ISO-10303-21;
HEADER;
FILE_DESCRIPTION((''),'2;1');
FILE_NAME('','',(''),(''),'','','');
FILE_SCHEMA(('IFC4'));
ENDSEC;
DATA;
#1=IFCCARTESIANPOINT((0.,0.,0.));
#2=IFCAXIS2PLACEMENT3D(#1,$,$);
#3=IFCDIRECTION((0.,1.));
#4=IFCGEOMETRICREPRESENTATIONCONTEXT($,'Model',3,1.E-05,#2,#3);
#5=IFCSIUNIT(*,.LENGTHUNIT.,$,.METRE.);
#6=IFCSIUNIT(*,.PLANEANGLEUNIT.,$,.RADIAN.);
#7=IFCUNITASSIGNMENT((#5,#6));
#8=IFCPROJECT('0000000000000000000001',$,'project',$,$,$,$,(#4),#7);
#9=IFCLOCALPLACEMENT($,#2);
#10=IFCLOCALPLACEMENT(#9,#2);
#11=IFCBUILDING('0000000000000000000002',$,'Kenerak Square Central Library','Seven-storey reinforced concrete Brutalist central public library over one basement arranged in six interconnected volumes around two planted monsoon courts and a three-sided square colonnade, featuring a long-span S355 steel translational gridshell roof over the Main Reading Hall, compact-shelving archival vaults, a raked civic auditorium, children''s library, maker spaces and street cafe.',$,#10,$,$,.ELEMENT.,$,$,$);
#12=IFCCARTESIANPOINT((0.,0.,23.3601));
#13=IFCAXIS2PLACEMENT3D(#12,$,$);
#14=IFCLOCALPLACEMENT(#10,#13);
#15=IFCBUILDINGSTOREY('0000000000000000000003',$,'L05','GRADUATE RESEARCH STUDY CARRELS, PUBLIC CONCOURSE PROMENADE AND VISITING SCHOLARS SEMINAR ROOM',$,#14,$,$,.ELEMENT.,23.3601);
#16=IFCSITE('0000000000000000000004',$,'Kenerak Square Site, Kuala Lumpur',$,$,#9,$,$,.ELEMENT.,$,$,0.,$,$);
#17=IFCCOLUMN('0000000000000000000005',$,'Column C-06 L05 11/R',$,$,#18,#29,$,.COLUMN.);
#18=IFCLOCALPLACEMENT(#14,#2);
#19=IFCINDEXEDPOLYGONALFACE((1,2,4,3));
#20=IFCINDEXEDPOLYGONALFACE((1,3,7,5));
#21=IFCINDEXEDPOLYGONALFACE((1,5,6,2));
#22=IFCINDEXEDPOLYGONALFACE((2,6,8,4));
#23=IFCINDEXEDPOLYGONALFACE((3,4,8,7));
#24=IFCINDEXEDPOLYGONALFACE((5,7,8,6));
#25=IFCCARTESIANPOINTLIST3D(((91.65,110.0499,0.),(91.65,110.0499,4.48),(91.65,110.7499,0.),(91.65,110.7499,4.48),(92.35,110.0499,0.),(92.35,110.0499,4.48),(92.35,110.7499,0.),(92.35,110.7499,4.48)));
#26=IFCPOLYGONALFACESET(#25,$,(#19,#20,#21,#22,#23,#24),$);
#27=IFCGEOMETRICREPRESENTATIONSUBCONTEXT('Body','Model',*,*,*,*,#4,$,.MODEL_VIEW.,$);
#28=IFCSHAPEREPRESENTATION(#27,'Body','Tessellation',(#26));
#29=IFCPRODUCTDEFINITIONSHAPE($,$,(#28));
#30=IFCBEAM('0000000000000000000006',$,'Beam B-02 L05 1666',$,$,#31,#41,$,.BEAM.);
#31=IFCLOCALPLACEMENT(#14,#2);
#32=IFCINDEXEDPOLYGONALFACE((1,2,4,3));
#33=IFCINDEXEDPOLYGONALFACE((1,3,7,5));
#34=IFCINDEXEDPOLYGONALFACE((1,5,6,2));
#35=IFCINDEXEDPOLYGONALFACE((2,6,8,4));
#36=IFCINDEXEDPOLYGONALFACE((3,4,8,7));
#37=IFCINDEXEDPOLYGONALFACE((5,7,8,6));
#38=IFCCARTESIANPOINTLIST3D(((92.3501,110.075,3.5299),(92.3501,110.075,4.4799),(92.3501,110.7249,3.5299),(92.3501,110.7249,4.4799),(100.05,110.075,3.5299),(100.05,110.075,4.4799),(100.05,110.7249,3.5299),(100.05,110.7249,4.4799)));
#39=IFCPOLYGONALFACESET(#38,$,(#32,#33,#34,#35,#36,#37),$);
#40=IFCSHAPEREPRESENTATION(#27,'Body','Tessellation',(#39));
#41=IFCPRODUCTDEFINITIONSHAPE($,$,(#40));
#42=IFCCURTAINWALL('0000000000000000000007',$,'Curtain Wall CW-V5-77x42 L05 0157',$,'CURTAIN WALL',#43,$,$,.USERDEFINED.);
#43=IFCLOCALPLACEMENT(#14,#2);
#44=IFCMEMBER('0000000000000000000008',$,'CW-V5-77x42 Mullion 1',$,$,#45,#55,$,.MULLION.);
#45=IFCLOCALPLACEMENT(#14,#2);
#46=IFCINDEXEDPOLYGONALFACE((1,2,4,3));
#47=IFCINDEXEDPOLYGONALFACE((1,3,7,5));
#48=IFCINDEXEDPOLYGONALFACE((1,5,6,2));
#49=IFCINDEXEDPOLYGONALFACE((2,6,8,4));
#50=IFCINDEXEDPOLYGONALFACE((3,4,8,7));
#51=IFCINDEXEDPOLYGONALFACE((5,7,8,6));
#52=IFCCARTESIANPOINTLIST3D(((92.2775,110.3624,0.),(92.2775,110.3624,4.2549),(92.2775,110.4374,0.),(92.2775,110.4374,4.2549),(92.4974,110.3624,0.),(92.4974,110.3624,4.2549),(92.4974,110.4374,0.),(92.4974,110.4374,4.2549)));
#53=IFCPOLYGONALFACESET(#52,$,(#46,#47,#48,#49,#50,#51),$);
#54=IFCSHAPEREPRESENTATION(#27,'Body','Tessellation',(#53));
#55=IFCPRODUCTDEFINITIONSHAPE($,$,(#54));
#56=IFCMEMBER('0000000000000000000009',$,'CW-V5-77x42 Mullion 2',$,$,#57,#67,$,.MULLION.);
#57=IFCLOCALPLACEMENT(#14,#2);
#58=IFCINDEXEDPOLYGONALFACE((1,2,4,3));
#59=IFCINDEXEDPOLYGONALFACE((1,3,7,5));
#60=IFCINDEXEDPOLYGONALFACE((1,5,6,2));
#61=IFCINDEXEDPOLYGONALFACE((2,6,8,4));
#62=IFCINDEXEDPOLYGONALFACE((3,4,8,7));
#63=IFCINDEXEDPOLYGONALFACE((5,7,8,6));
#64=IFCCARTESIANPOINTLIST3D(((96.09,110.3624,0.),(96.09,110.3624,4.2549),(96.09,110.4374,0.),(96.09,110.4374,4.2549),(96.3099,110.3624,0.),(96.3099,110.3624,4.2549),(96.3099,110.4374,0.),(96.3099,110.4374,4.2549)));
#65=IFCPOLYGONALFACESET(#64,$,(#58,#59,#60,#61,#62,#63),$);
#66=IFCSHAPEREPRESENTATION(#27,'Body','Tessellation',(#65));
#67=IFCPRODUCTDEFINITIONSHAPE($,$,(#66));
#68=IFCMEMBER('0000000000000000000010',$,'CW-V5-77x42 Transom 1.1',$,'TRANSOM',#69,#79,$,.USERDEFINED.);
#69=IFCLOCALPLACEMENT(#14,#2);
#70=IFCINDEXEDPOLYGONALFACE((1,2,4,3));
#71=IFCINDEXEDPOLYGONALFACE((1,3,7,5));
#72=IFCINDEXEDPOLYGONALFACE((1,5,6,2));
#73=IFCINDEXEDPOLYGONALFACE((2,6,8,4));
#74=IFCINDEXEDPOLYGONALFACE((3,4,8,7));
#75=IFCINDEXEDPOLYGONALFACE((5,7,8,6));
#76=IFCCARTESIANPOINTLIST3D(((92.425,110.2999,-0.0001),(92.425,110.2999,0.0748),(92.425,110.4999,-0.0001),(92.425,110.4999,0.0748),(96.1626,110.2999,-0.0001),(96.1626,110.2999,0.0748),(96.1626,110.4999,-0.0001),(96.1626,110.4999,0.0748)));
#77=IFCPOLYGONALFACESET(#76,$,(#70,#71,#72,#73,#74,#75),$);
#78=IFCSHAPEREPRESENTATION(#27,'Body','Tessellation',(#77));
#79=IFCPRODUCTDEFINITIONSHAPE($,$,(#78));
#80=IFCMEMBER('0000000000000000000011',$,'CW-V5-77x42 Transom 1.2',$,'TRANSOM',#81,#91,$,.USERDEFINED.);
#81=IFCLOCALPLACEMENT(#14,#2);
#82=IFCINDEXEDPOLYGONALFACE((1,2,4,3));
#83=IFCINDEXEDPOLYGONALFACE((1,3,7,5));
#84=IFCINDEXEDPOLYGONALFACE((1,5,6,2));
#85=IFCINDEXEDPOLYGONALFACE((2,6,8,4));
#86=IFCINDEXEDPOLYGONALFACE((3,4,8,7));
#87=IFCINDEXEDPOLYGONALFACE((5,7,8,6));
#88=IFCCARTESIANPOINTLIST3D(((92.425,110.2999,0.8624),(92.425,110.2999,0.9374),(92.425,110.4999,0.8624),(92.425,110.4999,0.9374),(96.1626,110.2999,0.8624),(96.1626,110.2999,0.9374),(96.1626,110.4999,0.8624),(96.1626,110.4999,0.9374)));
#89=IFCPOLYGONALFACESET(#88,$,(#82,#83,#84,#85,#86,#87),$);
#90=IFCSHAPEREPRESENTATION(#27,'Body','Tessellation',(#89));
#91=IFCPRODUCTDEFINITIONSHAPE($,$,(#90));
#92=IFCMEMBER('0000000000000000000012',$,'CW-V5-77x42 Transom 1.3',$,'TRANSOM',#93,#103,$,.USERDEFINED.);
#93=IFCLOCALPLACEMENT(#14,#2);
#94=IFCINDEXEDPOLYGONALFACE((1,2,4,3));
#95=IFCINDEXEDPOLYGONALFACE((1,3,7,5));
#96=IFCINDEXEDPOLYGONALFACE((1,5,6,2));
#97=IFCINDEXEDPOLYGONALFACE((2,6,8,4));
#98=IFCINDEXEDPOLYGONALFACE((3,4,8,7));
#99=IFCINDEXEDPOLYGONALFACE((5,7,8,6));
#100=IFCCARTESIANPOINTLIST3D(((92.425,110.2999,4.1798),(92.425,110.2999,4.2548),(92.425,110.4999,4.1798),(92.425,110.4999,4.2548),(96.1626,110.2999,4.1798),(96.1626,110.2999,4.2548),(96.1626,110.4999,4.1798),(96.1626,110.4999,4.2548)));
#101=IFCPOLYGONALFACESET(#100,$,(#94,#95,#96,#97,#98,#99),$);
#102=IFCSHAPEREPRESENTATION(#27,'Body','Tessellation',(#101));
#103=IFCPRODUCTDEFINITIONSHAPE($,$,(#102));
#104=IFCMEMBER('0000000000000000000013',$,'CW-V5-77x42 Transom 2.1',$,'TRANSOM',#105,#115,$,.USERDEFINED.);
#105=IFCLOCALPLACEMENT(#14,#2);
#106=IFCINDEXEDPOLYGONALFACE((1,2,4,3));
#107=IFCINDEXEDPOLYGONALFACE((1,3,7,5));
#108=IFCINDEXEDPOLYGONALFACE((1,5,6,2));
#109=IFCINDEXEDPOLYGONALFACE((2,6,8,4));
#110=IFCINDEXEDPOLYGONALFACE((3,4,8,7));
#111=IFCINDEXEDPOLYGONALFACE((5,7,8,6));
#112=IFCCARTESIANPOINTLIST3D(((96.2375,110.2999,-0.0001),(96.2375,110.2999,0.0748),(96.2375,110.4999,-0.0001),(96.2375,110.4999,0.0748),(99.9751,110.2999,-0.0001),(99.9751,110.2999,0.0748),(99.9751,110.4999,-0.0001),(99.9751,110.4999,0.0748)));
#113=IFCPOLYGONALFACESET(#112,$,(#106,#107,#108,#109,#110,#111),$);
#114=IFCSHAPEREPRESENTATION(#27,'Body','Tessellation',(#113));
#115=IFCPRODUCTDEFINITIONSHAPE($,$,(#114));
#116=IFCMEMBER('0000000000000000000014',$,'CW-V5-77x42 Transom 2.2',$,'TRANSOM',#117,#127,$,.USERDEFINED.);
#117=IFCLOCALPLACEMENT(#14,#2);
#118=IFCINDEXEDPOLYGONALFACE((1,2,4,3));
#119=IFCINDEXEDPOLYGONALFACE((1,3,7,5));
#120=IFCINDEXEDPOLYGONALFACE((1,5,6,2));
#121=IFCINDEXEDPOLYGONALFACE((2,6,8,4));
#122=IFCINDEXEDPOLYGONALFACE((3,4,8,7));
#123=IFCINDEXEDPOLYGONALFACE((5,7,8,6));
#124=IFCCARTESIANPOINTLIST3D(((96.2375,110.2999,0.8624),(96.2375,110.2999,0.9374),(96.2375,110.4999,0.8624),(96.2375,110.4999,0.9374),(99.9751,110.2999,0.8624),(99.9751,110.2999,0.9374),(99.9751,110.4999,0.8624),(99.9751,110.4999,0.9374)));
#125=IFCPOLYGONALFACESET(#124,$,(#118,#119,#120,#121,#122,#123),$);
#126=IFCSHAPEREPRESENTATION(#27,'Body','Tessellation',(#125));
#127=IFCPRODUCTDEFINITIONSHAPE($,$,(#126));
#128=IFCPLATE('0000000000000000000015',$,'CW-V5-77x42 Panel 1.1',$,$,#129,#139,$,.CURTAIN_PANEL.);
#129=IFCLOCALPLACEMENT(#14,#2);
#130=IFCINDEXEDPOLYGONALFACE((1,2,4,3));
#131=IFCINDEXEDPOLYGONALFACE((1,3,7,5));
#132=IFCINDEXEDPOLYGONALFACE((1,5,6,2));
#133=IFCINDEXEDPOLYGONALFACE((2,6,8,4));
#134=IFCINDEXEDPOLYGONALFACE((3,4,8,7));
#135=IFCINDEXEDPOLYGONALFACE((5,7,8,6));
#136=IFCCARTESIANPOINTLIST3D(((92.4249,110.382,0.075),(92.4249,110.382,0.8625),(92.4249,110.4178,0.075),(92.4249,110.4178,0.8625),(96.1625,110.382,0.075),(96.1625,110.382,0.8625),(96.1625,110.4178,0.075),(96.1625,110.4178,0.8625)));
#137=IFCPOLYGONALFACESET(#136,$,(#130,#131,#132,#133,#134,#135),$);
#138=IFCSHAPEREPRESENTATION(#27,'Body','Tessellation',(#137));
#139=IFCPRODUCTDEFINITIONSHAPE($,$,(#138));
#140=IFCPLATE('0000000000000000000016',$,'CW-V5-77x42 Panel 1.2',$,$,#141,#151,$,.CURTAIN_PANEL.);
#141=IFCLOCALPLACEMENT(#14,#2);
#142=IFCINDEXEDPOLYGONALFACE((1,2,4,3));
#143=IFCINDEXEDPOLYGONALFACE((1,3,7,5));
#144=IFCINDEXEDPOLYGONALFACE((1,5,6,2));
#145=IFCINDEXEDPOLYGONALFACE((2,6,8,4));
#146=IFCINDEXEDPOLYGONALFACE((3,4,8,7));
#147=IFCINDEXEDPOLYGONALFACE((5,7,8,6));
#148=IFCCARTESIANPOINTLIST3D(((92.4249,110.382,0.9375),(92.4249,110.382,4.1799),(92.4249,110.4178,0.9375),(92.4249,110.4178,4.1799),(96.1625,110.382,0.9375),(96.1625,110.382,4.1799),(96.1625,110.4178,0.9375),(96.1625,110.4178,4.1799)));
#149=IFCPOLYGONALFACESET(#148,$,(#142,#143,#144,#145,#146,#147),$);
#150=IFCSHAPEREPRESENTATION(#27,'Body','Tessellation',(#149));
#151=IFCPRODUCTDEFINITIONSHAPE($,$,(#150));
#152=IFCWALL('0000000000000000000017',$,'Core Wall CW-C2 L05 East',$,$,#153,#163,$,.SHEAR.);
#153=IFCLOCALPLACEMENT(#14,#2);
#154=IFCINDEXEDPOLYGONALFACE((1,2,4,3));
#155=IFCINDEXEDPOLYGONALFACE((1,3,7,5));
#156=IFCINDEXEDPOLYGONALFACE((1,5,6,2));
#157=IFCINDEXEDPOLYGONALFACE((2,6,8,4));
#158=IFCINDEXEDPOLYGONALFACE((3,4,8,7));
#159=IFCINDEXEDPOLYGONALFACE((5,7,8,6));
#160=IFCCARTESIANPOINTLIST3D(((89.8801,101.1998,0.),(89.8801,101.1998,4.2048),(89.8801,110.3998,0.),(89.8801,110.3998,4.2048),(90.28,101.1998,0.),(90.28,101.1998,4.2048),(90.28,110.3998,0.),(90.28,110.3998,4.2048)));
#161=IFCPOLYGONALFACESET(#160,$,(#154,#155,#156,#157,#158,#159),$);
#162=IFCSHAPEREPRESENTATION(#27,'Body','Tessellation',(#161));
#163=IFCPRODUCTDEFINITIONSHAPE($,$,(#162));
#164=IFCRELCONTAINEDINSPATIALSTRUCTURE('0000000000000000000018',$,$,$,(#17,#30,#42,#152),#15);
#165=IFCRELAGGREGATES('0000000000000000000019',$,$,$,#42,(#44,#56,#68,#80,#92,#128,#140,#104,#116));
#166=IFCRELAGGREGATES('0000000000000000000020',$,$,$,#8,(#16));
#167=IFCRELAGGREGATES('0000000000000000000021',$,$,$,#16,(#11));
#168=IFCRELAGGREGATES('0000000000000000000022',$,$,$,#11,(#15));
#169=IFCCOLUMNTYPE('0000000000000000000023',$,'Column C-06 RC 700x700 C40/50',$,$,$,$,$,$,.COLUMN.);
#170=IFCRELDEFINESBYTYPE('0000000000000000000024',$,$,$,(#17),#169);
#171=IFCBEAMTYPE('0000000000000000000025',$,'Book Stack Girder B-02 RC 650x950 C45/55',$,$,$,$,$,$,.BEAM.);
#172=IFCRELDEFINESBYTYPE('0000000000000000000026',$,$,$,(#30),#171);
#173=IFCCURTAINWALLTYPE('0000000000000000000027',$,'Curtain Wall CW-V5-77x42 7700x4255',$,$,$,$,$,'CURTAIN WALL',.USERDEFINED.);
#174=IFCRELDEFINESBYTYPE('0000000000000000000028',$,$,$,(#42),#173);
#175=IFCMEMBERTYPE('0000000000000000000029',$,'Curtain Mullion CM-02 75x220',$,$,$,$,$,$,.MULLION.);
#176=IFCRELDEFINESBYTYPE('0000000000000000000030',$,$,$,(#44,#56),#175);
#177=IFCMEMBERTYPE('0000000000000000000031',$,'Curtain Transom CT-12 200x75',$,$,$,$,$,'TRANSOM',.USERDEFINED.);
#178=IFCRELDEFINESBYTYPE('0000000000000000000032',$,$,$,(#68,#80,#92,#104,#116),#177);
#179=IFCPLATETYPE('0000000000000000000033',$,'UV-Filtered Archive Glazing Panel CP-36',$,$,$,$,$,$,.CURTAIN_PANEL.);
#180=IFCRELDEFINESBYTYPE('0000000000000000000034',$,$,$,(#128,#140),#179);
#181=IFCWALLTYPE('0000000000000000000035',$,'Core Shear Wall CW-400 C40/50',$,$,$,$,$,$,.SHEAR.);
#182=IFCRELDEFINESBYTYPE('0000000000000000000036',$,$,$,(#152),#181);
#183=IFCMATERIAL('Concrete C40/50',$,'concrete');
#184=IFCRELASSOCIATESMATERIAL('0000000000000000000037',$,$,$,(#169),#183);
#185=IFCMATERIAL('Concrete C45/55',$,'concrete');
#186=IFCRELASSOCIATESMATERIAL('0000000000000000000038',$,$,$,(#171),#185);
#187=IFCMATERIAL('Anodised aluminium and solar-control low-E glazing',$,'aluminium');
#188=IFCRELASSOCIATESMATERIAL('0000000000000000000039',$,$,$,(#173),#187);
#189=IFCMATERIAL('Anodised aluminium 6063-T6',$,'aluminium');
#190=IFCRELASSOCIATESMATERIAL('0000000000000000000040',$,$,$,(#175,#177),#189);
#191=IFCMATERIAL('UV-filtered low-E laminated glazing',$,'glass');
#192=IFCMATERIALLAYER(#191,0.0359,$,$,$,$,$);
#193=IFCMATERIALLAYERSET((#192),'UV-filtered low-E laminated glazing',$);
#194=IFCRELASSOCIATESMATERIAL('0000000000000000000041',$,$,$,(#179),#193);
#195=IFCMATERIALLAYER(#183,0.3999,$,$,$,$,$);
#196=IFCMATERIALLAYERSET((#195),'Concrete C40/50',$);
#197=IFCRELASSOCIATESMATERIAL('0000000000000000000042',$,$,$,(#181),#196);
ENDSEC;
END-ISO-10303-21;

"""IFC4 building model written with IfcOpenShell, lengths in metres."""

from ifc_helpers import new_model, si_unit, direction, frame, frame_2d, origin, origin_2d, place, context, subcontext, project, spatial, rectangle, extrude, material, layer, layer_set, material_profile, profile_set, type_object, element, aggregate, save


model = new_model("IFC4")

# Units and contexts
model_context = context("Model", 3, precision=1e-05, world=origin(), true_north=direction((0.0, 1.0)))
body_context = subcontext(model_context, "Body", "Model", "MODEL_VIEW")
ifc_project = project(units=[si_unit("LENGTHUNIT", "METRE"), si_unit("PLANEANGLEUNIT", "RADIAN")], contexts=[model_context])

# Site, building, storey
site_placement = place(None, origin())
site = spatial("IfcSite", under=ifc_project, at=site_placement, Name="Kenerak Square Site, Kuala Lumpur", CompositionType="ELEMENT", RefElevation=0.0)
building_placement = place(site_placement, origin())
building = spatial("IfcBuilding", under=site, at=building_placement, Name="Kenerak Square Central Library", Description="Seven-storey reinforced concrete Brutalist central public library over one basement arranged in six interconnected volumes around two planted monsoon courts and a three-sided square colonnade, featuring a long-span S355 steel translational gridshell roof over the Main Reading Hall, compact-shelving archival vaults, a raked civic auditorium, children's library, maker spaces and street cafe.", CompositionType="ELEMENT")
storey_placement = place(building_placement, frame((0.0, 0.0, 23.3601)))
storey = spatial("IfcBuildingStorey", under=building, at=storey_placement, Name="L05", Description="GRADUATE RESEARCH STUDY CARRELS, PUBLIC CONCOURSE PROMENADE AND VISITING SCHOLARS SEMINAR ROOM", CompositionType="ELEMENT", Elevation=23.3601)

# Column
ifc_material_1 = material(Name="Concrete C40/50", Category="concrete")
ifc_material_profile_1 = material_profile(ifc_material_1, rectangle(XDim=0.7, YDim=0.7, at=origin_2d()), Name="RC 700x700")
ifc_profile_set_1 = profile_set([ifc_material_profile_1], Name="Concrete C40/50")
column_type = type_object("IfcColumnType", Name="Column C-06 RC 700x700 C40/50", PredefinedType="COLUMN", material=ifc_profile_set_1)
column_placement = place(storey_placement, frame((92.0, 110.3999, 0.0), z_axis=(0.0, 0.0, 1.0), x_axis=(1.0, 0.0, 0.0)))
element("IfcColumn", 1, at=column_placement, inside=storey, type_object=column_type, Name="Column C-06 L05 11/R", PredefinedType="COLUMN", context=body_context, shape_type="SweptSolid", body=[
    extrude(rectangle(XDim=0.7, YDim=0.7, at=origin_2d()), origin(), (0.0, 0.0, 1.0), 4.48),
])

# Beam
ifc_material_2 = material(Name="Concrete C45/55", Category="concrete")
ifc_material_profile_2 = material_profile(ifc_material_2, rectangle(XDim=0.6499, YDim=0.95, at=origin_2d()), Name="RC 650x950")
ifc_profile_set_2 = profile_set([ifc_material_profile_2], Name="Concrete C45/55")
beam_type = type_object("IfcBeamType", Name="Book Stack Girder B-02 RC 650x950 C45/55", PredefinedType="BEAM", material=ifc_profile_set_2)
beam_placement = place(storey_placement, frame((92.3501, 110.3999, 4.0049), z_axis=(1.0, 0.0, 0.0), x_axis=(0.0, 1.0, 0.0)))
element("IfcBeam", 2, at=beam_placement, inside=storey, type_object=beam_type, Name="Beam B-02 L05 1666", PredefinedType="BEAM", context=body_context, shape_type="SweptSolid", body=[
    extrude(rectangle(XDim=0.6499, YDim=0.95, at=origin_2d()), origin(), (0.0, 0.0, 1.0), 7.7),
])

# Curtain wall, members, plates
ifc_material_3 = material(Name="Anodised aluminium and solar-control low-E glazing", Category="aluminium")
curtain_wall_type = type_object("IfcCurtainWallType", Name="Curtain Wall CW-V5-77x42 7700x4255", ElementType="CURTAIN WALL", PredefinedType="USERDEFINED", material=ifc_material_3)
curtain_wall_placement = place(storey_placement, origin())
curtain_wall = element("IfcCurtainWall", 3, at=curtain_wall_placement, inside=storey, type_object=curtain_wall_type, Name="Curtain Wall CW-V5-77x42 L05 0157", ObjectType="CURTAIN WALL", PredefinedType="USERDEFINED")
ifc_material_4 = material(Name="Anodised aluminium 6063-T6", Category="aluminium")
ifc_material_profile_3 = material_profile(ifc_material_4, rectangle(XDim=0.075, YDim=0.22, at=origin_2d()), Name="AL MULLION 75x220")
ifc_profile_set_3 = profile_set([ifc_material_profile_3], Name="Anodised aluminium 6063-T6")
member_type_1 = type_object("IfcMemberType", Name="Curtain Mullion CM-02 75x220", PredefinedType="MULLION", material=ifc_profile_set_3)
member_1_placement = place(storey_placement, frame((92.3875, 110.3999, 0.0), z_axis=(0.0, 0.0, 1.0), x_axis=(0.0, 1.0, 0.0)))
member_1 = element("IfcMember", 4, at=member_1_placement, type_object=member_type_1, Name="CW-V5-77x42 Mullion 1", PredefinedType="MULLION", context=body_context, shape_type="SweptSolid", body=[
    extrude(rectangle(XDim=0.075, YDim=0.22, at=origin_2d()), origin(), (0.0, 0.0, 1.0), 4.2549),
])
member_2_placement = place(storey_placement, frame((96.2, 110.3999, 0.0), z_axis=(0.0, 0.0, 1.0), x_axis=(0.0, 1.0, 0.0)))
member_2 = element("IfcMember", 5, at=member_2_placement, type_object=member_type_1, Name="CW-V5-77x42 Mullion 2", PredefinedType="MULLION", context=body_context, shape_type="SweptSolid", body=[
    extrude(rectangle(XDim=0.075, YDim=0.22, at=origin_2d()), origin(), (0.0, 0.0, 1.0), 4.2549),
])
ifc_material_profile_4 = material_profile(ifc_material_4, rectangle(XDim=0.2, YDim=0.075, at=origin_2d()), Name="AL TRANSOM 200x75")
ifc_profile_set_4 = profile_set([ifc_material_profile_4], Name="Anodised aluminium 6063-T6")
member_type_2 = type_object("IfcMemberType", Name="Curtain Transom CT-12 200x75", ElementType="TRANSOM", PredefinedType="USERDEFINED", material=ifc_profile_set_4)
member_3_placement = place(storey_placement, frame((92.425, 110.3999, 0.0374), z_axis=(1.0, 0.0, 0.0), x_axis=(0.0, 1.0, 0.0)))
member_3 = element("IfcMember", 6, at=member_3_placement, type_object=member_type_2, Name="CW-V5-77x42 Transom 1.1", ObjectType="TRANSOM", PredefinedType="USERDEFINED", context=body_context, shape_type="SweptSolid", body=[
    extrude(rectangle(XDim=0.2, YDim=0.075, at=origin_2d()), origin(), (0.0, 0.0, 1.0), 3.7375),
])
member_4_placement = place(storey_placement, frame((92.425, 110.3999, 0.8999), z_axis=(1.0, 0.0, 0.0), x_axis=(0.0, 1.0, 0.0)))
member_4 = element("IfcMember", 7, at=member_4_placement, type_object=member_type_2, Name="CW-V5-77x42 Transom 1.2", ObjectType="TRANSOM", PredefinedType="USERDEFINED", context=body_context, shape_type="SweptSolid", body=[
    extrude(rectangle(XDim=0.2, YDim=0.075, at=origin_2d()), origin(), (0.0, 0.0, 1.0), 3.7375),
])
member_5_placement = place(storey_placement, frame((92.425, 110.3999, 4.2173), z_axis=(1.0, 0.0, 0.0), x_axis=(0.0, 1.0, 0.0)))
member_5 = element("IfcMember", 8, at=member_5_placement, type_object=member_type_2, Name="CW-V5-77x42 Transom 1.3", ObjectType="TRANSOM", PredefinedType="USERDEFINED", context=body_context, shape_type="SweptSolid", body=[
    extrude(rectangle(XDim=0.2, YDim=0.075, at=origin_2d()), origin(), (0.0, 0.0, 1.0), 3.7375),
])
member_6_placement = place(storey_placement, frame((96.2375, 110.3999, 0.0374), z_axis=(1.0, 0.0, 0.0), x_axis=(0.0, 1.0, 0.0)))
member_6 = element("IfcMember", 9, at=member_6_placement, type_object=member_type_2, Name="CW-V5-77x42 Transom 2.1", ObjectType="TRANSOM", PredefinedType="USERDEFINED", context=body_context, shape_type="SweptSolid", body=[
    extrude(rectangle(XDim=0.2, YDim=0.075, at=origin_2d()), origin(), (0.0, 0.0, 1.0), 3.7375),
])
member_7_placement = place(storey_placement, frame((96.2375, 110.3999, 0.8999), z_axis=(1.0, 0.0, 0.0), x_axis=(0.0, 1.0, 0.0)))
member_7 = element("IfcMember", 10, at=member_7_placement, type_object=member_type_2, Name="CW-V5-77x42 Transom 2.2", ObjectType="TRANSOM", PredefinedType="USERDEFINED", context=body_context, shape_type="SweptSolid", body=[
    extrude(rectangle(XDim=0.2, YDim=0.075, at=origin_2d()), origin(), (0.0, 0.0, 1.0), 3.7375),
])
ifc_material_5 = material(Name="UV-filtered low-E laminated glazing", Category="glass")
ifc_layer_1 = layer(ifc_material_5, 0.0359)
ifc_layer_set_1 = layer_set([ifc_layer_1], Name="UV-filtered low-E laminated glazing")
plate_type = type_object("IfcPlateType", Name="UV-Filtered Archive Glazing Panel CP-36", PredefinedType="CURTAIN_PANEL", material=ifc_layer_set_1)
plate_1_placement = place(storey_placement, frame((94.2937, 110.3999, 0.075), z_axis=(0.0, 0.0, 1.0), x_axis=(1.0, 0.0, 0.0)))
plate_1 = element("IfcPlate", 11, at=plate_1_placement, type_object=plate_type, Name="CW-V5-77x42 Panel 1.1", PredefinedType="CURTAIN_PANEL", context=body_context, shape_type="SweptSolid", body=[
    extrude(rectangle(XDim=3.7375, YDim=0.0359, at=origin_2d()), origin(), (0.0, 0.0, 1.0), 0.7876),
])
plate_2_placement = place(storey_placement, frame((94.2937, 110.3999, 0.9375), z_axis=(0.0, 0.0, 1.0), x_axis=(1.0, 0.0, 0.0)))
plate_2 = element("IfcPlate", 12, at=plate_2_placement, type_object=plate_type, Name="CW-V5-77x42 Panel 1.2", PredefinedType="CURTAIN_PANEL", context=body_context, shape_type="SweptSolid", body=[
    extrude(rectangle(XDim=3.7375, YDim=0.0359, at=origin_2d()), origin(), (0.0, 0.0, 1.0), 3.2424),
])
aggregate(curtain_wall, [member_1, member_2, member_3, member_4, member_5, plate_1, plate_2, member_6, member_7])

# Wall
ifc_layer_2 = layer(ifc_material_1, 0.3999)
ifc_layer_set_2 = layer_set([ifc_layer_2], Name="Concrete C40/50")
wall_type = type_object("IfcWallType", Name="Core Shear Wall CW-400 C40/50", PredefinedType="SHEAR", material=ifc_layer_set_2)
wall_placement = place(storey_placement, frame((90.0801, 110.3999, 0.0), z_axis=(0.0, 0.0, 1.0), x_axis=(0.0, -1.0, 0.0)))
element("IfcWall", 13, at=wall_placement, inside=storey, type_object=wall_type, Name="Core Wall CW-C2 L05 East", PredefinedType="SHEAR", context=body_context, shape_type="SweptSolid", body=[
    extrude(rectangle(XDim=9.2, YDim=0.3999, at=frame_2d((4.6001, 0.0))), origin(), (0.0, 0.0, 1.0), 4.2048),
])

save(model, "model.ifc")
